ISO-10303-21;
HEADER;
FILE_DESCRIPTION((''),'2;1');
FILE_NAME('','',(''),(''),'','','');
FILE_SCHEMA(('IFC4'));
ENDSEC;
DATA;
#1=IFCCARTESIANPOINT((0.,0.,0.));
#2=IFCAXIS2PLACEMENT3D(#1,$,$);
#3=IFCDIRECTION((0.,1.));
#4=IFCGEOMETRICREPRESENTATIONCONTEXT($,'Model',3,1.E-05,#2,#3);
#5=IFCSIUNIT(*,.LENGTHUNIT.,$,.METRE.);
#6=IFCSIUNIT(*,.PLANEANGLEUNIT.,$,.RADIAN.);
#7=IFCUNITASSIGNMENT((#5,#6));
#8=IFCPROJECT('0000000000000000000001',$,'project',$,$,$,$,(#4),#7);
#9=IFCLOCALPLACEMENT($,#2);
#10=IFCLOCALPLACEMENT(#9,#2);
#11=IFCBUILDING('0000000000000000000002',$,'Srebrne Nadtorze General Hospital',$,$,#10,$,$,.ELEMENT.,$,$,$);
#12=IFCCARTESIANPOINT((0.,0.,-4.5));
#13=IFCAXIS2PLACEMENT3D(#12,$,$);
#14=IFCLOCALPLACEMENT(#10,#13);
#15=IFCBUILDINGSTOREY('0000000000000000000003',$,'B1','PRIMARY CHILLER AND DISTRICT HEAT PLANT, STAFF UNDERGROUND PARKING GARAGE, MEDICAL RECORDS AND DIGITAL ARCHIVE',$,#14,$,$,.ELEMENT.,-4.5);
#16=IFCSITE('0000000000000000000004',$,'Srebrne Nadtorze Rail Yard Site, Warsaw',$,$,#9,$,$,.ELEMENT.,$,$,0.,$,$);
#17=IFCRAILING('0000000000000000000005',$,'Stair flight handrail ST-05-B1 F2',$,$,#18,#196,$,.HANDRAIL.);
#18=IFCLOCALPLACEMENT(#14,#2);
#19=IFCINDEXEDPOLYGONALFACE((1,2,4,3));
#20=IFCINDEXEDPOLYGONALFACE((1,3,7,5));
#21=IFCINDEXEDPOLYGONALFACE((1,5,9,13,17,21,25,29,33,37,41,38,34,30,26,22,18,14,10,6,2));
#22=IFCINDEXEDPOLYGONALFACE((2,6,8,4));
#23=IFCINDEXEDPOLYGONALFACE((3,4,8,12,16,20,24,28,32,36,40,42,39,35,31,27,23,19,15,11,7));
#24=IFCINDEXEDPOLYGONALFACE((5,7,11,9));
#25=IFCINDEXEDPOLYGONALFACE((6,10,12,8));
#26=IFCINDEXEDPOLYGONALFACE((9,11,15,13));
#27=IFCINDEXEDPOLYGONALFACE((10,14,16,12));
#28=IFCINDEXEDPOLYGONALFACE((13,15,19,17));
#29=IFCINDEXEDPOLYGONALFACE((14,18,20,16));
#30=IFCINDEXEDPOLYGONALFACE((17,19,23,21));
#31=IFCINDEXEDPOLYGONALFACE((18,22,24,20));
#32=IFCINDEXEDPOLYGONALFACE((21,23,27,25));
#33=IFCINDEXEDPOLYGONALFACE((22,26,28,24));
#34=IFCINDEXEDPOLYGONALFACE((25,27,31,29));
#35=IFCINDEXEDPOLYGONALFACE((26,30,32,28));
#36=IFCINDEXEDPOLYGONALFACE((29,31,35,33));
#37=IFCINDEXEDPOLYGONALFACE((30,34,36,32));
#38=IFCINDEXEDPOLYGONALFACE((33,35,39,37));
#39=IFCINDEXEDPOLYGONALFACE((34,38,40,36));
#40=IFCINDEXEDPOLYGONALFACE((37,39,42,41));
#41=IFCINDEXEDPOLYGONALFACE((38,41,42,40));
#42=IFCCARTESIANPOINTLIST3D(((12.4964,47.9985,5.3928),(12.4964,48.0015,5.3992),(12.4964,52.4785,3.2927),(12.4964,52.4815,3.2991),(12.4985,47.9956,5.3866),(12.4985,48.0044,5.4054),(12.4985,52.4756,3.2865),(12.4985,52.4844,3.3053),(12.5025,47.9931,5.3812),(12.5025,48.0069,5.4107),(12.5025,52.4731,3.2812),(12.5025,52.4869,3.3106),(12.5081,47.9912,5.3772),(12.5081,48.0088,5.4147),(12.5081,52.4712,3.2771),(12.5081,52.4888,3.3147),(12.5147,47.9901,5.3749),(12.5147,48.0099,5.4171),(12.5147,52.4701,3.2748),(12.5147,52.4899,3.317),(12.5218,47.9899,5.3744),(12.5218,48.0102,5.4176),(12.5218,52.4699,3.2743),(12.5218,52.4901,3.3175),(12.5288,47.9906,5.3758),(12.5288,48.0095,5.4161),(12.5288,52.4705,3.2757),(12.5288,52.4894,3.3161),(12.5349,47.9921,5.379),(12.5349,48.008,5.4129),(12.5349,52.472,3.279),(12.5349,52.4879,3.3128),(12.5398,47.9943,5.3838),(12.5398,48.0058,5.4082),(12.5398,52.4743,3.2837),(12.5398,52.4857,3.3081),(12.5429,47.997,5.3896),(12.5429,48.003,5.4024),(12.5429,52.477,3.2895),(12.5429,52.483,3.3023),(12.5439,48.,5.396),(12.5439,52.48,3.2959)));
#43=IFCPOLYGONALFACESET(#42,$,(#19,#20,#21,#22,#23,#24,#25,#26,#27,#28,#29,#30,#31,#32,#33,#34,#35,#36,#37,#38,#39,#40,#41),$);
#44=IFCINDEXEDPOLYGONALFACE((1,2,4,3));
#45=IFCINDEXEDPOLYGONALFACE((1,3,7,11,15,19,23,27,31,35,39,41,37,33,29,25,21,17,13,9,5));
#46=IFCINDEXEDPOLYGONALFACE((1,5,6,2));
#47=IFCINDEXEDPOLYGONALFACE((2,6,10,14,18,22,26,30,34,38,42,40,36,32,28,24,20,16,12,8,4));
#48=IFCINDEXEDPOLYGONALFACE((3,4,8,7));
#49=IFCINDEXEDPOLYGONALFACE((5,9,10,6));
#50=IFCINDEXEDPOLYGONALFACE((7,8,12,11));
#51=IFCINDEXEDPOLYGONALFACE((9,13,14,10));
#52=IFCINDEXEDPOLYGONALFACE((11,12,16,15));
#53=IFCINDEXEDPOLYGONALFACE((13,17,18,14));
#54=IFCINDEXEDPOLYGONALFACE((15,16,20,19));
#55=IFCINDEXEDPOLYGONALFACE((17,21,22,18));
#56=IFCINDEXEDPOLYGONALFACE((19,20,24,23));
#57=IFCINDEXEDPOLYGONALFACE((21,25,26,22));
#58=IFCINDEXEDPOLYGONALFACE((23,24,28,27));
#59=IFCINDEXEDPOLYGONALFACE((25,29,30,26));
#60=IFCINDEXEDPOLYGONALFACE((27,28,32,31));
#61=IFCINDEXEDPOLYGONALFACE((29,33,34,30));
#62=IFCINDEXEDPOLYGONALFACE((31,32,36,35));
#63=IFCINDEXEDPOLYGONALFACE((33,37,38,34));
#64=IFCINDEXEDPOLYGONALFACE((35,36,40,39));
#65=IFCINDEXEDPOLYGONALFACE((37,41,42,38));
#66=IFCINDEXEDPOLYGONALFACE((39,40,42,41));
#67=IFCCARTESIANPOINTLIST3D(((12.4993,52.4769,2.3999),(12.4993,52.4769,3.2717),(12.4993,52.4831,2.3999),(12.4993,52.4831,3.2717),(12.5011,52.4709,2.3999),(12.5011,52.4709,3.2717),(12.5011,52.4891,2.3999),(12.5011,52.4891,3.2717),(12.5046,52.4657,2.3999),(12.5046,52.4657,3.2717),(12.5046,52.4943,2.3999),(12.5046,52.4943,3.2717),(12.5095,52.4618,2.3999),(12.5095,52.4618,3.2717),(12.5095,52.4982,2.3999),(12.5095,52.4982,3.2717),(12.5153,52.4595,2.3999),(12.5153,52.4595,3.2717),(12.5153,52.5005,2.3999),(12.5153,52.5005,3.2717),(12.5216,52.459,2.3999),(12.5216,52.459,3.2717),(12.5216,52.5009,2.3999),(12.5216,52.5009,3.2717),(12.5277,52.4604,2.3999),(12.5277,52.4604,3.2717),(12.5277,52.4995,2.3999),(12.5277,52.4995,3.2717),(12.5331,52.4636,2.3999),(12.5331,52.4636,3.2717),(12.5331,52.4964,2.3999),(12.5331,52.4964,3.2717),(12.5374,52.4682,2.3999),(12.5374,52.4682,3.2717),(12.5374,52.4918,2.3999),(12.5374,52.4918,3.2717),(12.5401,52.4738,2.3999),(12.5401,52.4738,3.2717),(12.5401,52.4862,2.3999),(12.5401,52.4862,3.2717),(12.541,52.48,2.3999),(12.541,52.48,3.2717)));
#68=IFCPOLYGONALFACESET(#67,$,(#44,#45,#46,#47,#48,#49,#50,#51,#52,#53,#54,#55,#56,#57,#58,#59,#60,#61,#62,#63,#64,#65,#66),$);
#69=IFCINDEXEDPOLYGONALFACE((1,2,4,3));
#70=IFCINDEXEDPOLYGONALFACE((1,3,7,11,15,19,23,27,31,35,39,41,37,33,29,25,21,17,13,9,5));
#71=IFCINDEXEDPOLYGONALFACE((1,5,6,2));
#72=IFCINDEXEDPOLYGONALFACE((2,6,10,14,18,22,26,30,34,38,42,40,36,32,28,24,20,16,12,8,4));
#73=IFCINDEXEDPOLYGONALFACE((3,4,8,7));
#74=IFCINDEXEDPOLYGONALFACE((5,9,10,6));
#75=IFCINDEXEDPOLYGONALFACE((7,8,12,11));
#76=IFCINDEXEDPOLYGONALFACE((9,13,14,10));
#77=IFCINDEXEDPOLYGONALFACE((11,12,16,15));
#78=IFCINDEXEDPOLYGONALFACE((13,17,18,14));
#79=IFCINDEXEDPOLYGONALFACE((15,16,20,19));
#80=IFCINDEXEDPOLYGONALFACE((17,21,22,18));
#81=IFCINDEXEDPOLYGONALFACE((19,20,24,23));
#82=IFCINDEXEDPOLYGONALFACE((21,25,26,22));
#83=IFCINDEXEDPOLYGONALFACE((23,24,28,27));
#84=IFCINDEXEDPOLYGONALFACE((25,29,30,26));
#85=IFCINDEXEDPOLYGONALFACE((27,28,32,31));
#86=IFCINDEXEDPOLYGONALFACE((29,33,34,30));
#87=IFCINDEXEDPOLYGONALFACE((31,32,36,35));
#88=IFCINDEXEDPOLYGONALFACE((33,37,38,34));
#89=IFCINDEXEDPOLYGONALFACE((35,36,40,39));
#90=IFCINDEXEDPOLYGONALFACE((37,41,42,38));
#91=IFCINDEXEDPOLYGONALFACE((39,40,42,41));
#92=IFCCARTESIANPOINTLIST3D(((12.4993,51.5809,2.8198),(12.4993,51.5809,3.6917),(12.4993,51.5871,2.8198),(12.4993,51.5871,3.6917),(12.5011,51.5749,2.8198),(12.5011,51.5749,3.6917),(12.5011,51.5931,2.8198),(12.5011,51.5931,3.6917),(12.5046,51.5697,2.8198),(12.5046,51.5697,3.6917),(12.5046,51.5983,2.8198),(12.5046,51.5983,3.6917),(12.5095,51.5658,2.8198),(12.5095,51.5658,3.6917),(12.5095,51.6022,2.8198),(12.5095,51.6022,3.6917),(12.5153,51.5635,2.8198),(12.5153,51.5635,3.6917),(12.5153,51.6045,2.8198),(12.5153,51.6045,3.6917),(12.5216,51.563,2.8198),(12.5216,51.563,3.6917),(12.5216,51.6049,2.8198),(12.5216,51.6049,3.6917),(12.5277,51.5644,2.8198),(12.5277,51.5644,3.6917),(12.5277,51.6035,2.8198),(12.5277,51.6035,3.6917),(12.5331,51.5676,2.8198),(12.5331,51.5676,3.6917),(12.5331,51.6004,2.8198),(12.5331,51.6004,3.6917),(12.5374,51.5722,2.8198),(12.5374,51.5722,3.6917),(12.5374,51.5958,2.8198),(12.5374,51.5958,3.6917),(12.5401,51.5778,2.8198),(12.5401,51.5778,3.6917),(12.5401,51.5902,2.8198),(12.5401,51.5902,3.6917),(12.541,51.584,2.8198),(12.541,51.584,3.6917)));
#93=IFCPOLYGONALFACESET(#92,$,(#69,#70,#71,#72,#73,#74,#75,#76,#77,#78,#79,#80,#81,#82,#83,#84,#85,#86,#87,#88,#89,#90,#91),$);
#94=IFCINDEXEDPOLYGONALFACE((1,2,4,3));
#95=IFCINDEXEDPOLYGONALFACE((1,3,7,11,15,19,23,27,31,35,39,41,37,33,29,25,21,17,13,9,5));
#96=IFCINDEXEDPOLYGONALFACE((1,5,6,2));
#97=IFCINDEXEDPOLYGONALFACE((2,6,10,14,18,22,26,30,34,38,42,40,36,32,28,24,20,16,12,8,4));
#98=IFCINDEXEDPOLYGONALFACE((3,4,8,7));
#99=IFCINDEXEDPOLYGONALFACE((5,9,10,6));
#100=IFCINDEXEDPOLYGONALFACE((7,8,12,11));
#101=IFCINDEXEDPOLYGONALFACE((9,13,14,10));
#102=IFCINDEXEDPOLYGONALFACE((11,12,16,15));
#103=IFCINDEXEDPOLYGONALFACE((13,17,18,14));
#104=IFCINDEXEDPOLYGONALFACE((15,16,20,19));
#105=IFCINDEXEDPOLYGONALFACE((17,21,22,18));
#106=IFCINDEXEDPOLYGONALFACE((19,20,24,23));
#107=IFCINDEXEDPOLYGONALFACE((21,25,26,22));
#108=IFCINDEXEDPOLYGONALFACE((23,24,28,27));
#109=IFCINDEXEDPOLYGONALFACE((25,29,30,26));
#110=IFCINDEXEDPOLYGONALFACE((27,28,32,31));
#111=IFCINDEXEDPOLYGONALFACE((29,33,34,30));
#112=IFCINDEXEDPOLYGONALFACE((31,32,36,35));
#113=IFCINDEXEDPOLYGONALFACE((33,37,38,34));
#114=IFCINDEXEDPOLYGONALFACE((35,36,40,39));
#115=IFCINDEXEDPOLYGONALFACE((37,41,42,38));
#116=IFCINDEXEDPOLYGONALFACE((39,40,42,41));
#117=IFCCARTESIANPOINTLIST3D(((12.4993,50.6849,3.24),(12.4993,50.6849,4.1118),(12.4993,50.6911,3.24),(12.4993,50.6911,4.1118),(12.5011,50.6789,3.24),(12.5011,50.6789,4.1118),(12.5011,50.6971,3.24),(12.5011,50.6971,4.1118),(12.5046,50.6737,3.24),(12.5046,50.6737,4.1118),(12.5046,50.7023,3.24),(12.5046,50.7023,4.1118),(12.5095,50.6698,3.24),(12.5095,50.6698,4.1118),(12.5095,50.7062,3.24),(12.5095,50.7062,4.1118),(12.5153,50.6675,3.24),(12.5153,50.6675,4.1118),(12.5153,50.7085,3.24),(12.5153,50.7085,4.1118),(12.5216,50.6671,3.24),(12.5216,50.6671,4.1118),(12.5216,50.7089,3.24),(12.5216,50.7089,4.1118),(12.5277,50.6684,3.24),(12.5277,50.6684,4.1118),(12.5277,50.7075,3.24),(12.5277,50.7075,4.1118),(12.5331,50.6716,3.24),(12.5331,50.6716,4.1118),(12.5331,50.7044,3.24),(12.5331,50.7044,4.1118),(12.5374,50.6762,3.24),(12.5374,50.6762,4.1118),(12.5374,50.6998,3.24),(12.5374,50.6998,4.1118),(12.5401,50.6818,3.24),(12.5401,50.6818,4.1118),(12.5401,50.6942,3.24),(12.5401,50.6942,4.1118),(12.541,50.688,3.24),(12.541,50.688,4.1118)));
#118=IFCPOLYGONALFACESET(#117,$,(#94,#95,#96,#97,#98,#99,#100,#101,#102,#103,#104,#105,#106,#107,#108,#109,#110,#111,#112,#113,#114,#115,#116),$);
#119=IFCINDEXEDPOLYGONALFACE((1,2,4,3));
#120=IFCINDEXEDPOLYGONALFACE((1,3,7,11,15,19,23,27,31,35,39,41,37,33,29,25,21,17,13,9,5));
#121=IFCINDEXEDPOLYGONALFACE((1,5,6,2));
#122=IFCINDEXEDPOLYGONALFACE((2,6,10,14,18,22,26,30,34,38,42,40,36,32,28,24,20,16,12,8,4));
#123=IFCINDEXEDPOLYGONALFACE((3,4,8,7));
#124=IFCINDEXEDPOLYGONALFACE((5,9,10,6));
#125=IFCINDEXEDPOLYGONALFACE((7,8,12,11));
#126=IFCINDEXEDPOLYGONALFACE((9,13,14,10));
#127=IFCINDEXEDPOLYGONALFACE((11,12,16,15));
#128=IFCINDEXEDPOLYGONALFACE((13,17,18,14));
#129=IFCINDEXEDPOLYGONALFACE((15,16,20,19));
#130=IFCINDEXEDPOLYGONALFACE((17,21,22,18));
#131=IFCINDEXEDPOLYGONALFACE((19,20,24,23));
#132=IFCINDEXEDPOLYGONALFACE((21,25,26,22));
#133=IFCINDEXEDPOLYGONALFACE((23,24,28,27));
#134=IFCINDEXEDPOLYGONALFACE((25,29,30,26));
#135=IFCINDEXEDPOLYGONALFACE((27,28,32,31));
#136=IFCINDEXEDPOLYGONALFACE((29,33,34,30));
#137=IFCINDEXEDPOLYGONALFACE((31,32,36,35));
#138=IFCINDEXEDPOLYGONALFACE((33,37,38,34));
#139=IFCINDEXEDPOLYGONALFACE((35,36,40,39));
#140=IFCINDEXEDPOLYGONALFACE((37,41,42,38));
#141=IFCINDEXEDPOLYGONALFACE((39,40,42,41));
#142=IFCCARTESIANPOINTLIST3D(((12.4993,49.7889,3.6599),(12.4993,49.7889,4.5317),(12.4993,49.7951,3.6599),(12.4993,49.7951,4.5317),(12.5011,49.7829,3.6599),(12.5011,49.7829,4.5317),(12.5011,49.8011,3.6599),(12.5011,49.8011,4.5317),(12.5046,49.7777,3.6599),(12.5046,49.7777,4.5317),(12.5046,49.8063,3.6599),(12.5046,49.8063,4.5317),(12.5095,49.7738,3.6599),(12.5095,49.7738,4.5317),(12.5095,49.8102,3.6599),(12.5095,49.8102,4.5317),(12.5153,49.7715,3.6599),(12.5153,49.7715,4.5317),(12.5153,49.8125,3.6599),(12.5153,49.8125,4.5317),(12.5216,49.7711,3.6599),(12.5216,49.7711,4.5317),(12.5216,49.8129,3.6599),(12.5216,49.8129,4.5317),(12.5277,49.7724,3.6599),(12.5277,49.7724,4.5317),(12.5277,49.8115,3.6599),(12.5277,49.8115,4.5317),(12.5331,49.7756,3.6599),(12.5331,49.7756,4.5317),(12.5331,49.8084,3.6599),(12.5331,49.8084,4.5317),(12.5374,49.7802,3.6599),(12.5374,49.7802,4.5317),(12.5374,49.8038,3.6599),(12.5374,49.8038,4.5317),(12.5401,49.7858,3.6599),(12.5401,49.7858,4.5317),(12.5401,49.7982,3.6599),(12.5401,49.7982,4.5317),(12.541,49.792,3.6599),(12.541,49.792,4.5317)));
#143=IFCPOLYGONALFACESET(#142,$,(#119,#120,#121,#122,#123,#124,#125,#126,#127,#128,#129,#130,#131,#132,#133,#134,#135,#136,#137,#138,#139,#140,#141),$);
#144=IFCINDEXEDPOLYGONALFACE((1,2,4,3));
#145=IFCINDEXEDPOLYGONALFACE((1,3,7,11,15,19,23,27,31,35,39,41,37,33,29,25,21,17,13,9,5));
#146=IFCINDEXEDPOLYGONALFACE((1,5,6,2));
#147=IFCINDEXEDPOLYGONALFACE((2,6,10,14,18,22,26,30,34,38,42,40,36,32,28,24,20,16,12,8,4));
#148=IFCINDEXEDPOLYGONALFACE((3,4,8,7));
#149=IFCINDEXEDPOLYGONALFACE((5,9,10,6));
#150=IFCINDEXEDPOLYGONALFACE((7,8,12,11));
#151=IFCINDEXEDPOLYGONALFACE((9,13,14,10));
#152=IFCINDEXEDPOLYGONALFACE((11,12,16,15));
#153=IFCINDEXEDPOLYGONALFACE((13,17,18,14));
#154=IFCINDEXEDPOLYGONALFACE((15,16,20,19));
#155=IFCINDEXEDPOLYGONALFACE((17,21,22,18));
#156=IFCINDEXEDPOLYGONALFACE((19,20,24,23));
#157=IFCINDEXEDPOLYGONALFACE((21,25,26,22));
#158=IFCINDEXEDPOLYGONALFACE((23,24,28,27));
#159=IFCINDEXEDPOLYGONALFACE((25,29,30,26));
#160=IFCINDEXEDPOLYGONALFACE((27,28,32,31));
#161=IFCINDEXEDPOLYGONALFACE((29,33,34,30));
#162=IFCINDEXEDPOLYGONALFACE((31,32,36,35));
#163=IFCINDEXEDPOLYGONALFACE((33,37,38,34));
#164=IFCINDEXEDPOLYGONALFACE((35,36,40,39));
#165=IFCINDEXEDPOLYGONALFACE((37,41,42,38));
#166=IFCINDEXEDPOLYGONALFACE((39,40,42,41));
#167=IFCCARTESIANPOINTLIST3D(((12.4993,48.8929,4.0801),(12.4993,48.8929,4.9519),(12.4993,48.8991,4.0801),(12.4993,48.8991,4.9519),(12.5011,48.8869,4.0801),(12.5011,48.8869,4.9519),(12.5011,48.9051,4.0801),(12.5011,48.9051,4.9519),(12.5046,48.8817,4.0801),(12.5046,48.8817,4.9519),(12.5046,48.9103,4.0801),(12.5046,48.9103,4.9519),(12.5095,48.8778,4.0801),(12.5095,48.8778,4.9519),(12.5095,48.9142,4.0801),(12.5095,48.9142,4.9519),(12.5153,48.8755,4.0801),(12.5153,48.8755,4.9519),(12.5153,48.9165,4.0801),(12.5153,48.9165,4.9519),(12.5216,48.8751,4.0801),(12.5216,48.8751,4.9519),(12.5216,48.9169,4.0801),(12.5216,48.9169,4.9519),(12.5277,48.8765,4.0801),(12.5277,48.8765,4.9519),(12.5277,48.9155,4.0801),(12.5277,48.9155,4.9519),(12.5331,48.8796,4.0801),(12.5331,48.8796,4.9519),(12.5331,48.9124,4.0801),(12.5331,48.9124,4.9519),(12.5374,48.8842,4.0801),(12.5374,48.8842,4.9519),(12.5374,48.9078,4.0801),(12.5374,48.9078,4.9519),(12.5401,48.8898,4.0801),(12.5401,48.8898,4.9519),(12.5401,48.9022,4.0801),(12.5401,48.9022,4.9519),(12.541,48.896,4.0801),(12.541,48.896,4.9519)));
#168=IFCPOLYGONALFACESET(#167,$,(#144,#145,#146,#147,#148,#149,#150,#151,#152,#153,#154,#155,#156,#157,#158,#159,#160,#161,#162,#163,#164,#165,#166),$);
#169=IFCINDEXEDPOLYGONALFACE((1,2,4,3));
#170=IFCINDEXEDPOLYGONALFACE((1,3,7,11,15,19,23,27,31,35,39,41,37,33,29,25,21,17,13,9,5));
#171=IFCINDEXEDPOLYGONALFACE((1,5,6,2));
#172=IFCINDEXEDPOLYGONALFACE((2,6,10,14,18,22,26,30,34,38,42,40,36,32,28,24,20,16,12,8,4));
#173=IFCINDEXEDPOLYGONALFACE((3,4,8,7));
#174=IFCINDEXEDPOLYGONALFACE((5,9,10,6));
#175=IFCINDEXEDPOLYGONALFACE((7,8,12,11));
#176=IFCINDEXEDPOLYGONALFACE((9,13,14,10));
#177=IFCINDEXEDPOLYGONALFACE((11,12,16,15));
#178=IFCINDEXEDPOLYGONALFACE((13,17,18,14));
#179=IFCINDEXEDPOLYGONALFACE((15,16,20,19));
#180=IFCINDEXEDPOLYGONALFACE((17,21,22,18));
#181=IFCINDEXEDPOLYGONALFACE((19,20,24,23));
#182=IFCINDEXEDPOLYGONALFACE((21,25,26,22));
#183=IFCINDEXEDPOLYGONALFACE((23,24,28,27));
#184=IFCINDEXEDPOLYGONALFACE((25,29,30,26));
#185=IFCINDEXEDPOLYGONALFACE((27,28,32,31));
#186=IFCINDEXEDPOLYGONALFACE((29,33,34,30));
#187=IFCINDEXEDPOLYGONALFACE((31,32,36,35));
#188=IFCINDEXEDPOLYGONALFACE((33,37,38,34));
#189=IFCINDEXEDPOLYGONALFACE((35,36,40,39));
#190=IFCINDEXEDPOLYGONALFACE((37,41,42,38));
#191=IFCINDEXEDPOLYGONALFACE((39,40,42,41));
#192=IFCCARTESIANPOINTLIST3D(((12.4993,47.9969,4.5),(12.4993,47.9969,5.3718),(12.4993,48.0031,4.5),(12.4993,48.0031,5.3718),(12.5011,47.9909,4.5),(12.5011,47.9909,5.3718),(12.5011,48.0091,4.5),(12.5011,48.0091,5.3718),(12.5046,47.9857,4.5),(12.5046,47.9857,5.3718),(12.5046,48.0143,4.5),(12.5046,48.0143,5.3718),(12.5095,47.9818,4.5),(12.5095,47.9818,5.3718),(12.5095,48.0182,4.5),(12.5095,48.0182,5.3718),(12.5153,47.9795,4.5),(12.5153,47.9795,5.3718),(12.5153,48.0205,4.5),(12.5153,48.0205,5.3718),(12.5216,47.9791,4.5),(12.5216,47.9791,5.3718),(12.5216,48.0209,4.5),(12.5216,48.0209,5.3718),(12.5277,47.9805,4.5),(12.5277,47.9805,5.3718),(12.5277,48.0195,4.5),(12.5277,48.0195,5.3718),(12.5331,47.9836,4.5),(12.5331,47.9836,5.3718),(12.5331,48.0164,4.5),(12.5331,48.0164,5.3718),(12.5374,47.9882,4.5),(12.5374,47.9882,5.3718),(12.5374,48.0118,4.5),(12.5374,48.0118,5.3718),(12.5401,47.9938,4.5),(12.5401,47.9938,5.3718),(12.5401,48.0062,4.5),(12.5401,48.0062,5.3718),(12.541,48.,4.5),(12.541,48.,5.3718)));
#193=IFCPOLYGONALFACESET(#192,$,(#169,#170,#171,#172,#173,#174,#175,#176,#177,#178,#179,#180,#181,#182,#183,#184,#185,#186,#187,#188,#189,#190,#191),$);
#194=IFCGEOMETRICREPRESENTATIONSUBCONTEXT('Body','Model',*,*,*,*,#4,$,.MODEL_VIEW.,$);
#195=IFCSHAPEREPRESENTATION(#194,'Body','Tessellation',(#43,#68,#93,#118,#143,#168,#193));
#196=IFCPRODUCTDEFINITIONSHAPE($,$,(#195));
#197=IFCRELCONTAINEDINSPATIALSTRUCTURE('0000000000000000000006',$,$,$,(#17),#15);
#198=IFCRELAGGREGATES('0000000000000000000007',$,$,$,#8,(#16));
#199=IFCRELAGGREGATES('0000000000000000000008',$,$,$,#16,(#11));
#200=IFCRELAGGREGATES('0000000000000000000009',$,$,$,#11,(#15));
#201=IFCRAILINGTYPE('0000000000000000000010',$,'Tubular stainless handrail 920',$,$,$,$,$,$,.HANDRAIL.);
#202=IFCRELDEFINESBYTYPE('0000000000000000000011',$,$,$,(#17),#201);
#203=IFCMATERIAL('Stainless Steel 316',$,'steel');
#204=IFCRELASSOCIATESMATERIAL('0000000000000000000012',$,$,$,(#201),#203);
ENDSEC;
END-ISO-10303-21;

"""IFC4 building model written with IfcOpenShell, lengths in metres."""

from ifc_helpers import new_model, si_unit, direction, frame, origin, origin_2d, place, context, subcontext, project, spatial, circle, extrude, material, type_object, element, save


model = new_model("IFC4")

# Units and contexts
model_context = context("Model", 3, precision=1e-05, world=origin(), true_north=direction((0.0, 1.0)))
body_context = subcontext(model_context, "Body", "Model", "MODEL_VIEW")
ifc_project = project(units=[si_unit("LENGTHUNIT", "METRE"), si_unit("PLANEANGLEUNIT", "RADIAN")], contexts=[model_context])

# Site, building, storey
site_placement = place(None, origin())
site = spatial("IfcSite", under=ifc_project, at=site_placement, Name="Srebrne Nadtorze Rail Yard Site, Warsaw", CompositionType="ELEMENT", RefElevation=0.0)
building_placement = place(site_placement, origin())
building = spatial("IfcBuilding", under=site, at=building_placement, Name="Srebrne Nadtorze General Hospital", CompositionType="ELEMENT")
storey_placement = place(building_placement, frame((0.0, 0.0, -4.5)))
storey = spatial("IfcBuildingStorey", under=building, at=storey_placement, Name="B1", Description="PRIMARY CHILLER AND DISTRICT HEAT PLANT, STAFF UNDERGROUND PARKING GARAGE, MEDICAL RECORDS AND DIGITAL ARCHIVE", CompositionType="ELEMENT", Elevation=-4.5)

# Railing
ifc_material_1 = material(Name="Stainless Steel 316", Category="steel")
railing_type_1 = type_object("IfcRailingType", Name="Tubular stainless handrail 920", PredefinedType="HANDRAIL", material=ifc_material_1)
railing_1_placement = place(storey_placement, frame((12.52, 52.48, 2.3999)))
element("IfcRailing", 1, at=railing_1_placement, inside=storey, type_object=railing_type_1, Name="Stair flight handrail ST-05-B1 F2", PredefinedType="HANDRAIL", context=body_context, shape_type="SweptSolid", body=[
    extrude(circle(Radius=0.0239, at=origin_2d()), frame((0.0, 0.0, 0.896), z_axis=(0.0, -0.905451, 0.424452), x_axis=(1.0, 0.0, 0.0)), (0.0, 0.0, 1.0), 4.9478),
    extrude(circle(Radius=0.021, at=origin_2d()), origin(), (0.0, 0.0, 1.0), 0.8718),
    extrude(circle(Radius=0.021, at=origin_2d()), frame((0.0, -0.896, 0.4199)), (0.0, 0.0, 1.0), 0.8718),
    extrude(circle(Radius=0.021, at=origin_2d()), frame((0.0, -1.792, 0.8401)), (0.0, 0.0, 1.0), 0.8718),
    extrude(circle(Radius=0.021, at=origin_2d()), frame((0.0, -2.688, 1.26)), (0.0, 0.0, 1.0), 0.8718),
    extrude(circle(Radius=0.021, at=origin_2d()), frame((0.0, -3.584, 1.6802)), (0.0, 0.0, 1.0), 0.8718),
    extrude(circle(Radius=0.021, at=origin_2d()), frame((0.0, -4.48, 2.1001)), (0.0, 0.0, 1.0), 0.8718),
])

save(model, "model.ifc")
